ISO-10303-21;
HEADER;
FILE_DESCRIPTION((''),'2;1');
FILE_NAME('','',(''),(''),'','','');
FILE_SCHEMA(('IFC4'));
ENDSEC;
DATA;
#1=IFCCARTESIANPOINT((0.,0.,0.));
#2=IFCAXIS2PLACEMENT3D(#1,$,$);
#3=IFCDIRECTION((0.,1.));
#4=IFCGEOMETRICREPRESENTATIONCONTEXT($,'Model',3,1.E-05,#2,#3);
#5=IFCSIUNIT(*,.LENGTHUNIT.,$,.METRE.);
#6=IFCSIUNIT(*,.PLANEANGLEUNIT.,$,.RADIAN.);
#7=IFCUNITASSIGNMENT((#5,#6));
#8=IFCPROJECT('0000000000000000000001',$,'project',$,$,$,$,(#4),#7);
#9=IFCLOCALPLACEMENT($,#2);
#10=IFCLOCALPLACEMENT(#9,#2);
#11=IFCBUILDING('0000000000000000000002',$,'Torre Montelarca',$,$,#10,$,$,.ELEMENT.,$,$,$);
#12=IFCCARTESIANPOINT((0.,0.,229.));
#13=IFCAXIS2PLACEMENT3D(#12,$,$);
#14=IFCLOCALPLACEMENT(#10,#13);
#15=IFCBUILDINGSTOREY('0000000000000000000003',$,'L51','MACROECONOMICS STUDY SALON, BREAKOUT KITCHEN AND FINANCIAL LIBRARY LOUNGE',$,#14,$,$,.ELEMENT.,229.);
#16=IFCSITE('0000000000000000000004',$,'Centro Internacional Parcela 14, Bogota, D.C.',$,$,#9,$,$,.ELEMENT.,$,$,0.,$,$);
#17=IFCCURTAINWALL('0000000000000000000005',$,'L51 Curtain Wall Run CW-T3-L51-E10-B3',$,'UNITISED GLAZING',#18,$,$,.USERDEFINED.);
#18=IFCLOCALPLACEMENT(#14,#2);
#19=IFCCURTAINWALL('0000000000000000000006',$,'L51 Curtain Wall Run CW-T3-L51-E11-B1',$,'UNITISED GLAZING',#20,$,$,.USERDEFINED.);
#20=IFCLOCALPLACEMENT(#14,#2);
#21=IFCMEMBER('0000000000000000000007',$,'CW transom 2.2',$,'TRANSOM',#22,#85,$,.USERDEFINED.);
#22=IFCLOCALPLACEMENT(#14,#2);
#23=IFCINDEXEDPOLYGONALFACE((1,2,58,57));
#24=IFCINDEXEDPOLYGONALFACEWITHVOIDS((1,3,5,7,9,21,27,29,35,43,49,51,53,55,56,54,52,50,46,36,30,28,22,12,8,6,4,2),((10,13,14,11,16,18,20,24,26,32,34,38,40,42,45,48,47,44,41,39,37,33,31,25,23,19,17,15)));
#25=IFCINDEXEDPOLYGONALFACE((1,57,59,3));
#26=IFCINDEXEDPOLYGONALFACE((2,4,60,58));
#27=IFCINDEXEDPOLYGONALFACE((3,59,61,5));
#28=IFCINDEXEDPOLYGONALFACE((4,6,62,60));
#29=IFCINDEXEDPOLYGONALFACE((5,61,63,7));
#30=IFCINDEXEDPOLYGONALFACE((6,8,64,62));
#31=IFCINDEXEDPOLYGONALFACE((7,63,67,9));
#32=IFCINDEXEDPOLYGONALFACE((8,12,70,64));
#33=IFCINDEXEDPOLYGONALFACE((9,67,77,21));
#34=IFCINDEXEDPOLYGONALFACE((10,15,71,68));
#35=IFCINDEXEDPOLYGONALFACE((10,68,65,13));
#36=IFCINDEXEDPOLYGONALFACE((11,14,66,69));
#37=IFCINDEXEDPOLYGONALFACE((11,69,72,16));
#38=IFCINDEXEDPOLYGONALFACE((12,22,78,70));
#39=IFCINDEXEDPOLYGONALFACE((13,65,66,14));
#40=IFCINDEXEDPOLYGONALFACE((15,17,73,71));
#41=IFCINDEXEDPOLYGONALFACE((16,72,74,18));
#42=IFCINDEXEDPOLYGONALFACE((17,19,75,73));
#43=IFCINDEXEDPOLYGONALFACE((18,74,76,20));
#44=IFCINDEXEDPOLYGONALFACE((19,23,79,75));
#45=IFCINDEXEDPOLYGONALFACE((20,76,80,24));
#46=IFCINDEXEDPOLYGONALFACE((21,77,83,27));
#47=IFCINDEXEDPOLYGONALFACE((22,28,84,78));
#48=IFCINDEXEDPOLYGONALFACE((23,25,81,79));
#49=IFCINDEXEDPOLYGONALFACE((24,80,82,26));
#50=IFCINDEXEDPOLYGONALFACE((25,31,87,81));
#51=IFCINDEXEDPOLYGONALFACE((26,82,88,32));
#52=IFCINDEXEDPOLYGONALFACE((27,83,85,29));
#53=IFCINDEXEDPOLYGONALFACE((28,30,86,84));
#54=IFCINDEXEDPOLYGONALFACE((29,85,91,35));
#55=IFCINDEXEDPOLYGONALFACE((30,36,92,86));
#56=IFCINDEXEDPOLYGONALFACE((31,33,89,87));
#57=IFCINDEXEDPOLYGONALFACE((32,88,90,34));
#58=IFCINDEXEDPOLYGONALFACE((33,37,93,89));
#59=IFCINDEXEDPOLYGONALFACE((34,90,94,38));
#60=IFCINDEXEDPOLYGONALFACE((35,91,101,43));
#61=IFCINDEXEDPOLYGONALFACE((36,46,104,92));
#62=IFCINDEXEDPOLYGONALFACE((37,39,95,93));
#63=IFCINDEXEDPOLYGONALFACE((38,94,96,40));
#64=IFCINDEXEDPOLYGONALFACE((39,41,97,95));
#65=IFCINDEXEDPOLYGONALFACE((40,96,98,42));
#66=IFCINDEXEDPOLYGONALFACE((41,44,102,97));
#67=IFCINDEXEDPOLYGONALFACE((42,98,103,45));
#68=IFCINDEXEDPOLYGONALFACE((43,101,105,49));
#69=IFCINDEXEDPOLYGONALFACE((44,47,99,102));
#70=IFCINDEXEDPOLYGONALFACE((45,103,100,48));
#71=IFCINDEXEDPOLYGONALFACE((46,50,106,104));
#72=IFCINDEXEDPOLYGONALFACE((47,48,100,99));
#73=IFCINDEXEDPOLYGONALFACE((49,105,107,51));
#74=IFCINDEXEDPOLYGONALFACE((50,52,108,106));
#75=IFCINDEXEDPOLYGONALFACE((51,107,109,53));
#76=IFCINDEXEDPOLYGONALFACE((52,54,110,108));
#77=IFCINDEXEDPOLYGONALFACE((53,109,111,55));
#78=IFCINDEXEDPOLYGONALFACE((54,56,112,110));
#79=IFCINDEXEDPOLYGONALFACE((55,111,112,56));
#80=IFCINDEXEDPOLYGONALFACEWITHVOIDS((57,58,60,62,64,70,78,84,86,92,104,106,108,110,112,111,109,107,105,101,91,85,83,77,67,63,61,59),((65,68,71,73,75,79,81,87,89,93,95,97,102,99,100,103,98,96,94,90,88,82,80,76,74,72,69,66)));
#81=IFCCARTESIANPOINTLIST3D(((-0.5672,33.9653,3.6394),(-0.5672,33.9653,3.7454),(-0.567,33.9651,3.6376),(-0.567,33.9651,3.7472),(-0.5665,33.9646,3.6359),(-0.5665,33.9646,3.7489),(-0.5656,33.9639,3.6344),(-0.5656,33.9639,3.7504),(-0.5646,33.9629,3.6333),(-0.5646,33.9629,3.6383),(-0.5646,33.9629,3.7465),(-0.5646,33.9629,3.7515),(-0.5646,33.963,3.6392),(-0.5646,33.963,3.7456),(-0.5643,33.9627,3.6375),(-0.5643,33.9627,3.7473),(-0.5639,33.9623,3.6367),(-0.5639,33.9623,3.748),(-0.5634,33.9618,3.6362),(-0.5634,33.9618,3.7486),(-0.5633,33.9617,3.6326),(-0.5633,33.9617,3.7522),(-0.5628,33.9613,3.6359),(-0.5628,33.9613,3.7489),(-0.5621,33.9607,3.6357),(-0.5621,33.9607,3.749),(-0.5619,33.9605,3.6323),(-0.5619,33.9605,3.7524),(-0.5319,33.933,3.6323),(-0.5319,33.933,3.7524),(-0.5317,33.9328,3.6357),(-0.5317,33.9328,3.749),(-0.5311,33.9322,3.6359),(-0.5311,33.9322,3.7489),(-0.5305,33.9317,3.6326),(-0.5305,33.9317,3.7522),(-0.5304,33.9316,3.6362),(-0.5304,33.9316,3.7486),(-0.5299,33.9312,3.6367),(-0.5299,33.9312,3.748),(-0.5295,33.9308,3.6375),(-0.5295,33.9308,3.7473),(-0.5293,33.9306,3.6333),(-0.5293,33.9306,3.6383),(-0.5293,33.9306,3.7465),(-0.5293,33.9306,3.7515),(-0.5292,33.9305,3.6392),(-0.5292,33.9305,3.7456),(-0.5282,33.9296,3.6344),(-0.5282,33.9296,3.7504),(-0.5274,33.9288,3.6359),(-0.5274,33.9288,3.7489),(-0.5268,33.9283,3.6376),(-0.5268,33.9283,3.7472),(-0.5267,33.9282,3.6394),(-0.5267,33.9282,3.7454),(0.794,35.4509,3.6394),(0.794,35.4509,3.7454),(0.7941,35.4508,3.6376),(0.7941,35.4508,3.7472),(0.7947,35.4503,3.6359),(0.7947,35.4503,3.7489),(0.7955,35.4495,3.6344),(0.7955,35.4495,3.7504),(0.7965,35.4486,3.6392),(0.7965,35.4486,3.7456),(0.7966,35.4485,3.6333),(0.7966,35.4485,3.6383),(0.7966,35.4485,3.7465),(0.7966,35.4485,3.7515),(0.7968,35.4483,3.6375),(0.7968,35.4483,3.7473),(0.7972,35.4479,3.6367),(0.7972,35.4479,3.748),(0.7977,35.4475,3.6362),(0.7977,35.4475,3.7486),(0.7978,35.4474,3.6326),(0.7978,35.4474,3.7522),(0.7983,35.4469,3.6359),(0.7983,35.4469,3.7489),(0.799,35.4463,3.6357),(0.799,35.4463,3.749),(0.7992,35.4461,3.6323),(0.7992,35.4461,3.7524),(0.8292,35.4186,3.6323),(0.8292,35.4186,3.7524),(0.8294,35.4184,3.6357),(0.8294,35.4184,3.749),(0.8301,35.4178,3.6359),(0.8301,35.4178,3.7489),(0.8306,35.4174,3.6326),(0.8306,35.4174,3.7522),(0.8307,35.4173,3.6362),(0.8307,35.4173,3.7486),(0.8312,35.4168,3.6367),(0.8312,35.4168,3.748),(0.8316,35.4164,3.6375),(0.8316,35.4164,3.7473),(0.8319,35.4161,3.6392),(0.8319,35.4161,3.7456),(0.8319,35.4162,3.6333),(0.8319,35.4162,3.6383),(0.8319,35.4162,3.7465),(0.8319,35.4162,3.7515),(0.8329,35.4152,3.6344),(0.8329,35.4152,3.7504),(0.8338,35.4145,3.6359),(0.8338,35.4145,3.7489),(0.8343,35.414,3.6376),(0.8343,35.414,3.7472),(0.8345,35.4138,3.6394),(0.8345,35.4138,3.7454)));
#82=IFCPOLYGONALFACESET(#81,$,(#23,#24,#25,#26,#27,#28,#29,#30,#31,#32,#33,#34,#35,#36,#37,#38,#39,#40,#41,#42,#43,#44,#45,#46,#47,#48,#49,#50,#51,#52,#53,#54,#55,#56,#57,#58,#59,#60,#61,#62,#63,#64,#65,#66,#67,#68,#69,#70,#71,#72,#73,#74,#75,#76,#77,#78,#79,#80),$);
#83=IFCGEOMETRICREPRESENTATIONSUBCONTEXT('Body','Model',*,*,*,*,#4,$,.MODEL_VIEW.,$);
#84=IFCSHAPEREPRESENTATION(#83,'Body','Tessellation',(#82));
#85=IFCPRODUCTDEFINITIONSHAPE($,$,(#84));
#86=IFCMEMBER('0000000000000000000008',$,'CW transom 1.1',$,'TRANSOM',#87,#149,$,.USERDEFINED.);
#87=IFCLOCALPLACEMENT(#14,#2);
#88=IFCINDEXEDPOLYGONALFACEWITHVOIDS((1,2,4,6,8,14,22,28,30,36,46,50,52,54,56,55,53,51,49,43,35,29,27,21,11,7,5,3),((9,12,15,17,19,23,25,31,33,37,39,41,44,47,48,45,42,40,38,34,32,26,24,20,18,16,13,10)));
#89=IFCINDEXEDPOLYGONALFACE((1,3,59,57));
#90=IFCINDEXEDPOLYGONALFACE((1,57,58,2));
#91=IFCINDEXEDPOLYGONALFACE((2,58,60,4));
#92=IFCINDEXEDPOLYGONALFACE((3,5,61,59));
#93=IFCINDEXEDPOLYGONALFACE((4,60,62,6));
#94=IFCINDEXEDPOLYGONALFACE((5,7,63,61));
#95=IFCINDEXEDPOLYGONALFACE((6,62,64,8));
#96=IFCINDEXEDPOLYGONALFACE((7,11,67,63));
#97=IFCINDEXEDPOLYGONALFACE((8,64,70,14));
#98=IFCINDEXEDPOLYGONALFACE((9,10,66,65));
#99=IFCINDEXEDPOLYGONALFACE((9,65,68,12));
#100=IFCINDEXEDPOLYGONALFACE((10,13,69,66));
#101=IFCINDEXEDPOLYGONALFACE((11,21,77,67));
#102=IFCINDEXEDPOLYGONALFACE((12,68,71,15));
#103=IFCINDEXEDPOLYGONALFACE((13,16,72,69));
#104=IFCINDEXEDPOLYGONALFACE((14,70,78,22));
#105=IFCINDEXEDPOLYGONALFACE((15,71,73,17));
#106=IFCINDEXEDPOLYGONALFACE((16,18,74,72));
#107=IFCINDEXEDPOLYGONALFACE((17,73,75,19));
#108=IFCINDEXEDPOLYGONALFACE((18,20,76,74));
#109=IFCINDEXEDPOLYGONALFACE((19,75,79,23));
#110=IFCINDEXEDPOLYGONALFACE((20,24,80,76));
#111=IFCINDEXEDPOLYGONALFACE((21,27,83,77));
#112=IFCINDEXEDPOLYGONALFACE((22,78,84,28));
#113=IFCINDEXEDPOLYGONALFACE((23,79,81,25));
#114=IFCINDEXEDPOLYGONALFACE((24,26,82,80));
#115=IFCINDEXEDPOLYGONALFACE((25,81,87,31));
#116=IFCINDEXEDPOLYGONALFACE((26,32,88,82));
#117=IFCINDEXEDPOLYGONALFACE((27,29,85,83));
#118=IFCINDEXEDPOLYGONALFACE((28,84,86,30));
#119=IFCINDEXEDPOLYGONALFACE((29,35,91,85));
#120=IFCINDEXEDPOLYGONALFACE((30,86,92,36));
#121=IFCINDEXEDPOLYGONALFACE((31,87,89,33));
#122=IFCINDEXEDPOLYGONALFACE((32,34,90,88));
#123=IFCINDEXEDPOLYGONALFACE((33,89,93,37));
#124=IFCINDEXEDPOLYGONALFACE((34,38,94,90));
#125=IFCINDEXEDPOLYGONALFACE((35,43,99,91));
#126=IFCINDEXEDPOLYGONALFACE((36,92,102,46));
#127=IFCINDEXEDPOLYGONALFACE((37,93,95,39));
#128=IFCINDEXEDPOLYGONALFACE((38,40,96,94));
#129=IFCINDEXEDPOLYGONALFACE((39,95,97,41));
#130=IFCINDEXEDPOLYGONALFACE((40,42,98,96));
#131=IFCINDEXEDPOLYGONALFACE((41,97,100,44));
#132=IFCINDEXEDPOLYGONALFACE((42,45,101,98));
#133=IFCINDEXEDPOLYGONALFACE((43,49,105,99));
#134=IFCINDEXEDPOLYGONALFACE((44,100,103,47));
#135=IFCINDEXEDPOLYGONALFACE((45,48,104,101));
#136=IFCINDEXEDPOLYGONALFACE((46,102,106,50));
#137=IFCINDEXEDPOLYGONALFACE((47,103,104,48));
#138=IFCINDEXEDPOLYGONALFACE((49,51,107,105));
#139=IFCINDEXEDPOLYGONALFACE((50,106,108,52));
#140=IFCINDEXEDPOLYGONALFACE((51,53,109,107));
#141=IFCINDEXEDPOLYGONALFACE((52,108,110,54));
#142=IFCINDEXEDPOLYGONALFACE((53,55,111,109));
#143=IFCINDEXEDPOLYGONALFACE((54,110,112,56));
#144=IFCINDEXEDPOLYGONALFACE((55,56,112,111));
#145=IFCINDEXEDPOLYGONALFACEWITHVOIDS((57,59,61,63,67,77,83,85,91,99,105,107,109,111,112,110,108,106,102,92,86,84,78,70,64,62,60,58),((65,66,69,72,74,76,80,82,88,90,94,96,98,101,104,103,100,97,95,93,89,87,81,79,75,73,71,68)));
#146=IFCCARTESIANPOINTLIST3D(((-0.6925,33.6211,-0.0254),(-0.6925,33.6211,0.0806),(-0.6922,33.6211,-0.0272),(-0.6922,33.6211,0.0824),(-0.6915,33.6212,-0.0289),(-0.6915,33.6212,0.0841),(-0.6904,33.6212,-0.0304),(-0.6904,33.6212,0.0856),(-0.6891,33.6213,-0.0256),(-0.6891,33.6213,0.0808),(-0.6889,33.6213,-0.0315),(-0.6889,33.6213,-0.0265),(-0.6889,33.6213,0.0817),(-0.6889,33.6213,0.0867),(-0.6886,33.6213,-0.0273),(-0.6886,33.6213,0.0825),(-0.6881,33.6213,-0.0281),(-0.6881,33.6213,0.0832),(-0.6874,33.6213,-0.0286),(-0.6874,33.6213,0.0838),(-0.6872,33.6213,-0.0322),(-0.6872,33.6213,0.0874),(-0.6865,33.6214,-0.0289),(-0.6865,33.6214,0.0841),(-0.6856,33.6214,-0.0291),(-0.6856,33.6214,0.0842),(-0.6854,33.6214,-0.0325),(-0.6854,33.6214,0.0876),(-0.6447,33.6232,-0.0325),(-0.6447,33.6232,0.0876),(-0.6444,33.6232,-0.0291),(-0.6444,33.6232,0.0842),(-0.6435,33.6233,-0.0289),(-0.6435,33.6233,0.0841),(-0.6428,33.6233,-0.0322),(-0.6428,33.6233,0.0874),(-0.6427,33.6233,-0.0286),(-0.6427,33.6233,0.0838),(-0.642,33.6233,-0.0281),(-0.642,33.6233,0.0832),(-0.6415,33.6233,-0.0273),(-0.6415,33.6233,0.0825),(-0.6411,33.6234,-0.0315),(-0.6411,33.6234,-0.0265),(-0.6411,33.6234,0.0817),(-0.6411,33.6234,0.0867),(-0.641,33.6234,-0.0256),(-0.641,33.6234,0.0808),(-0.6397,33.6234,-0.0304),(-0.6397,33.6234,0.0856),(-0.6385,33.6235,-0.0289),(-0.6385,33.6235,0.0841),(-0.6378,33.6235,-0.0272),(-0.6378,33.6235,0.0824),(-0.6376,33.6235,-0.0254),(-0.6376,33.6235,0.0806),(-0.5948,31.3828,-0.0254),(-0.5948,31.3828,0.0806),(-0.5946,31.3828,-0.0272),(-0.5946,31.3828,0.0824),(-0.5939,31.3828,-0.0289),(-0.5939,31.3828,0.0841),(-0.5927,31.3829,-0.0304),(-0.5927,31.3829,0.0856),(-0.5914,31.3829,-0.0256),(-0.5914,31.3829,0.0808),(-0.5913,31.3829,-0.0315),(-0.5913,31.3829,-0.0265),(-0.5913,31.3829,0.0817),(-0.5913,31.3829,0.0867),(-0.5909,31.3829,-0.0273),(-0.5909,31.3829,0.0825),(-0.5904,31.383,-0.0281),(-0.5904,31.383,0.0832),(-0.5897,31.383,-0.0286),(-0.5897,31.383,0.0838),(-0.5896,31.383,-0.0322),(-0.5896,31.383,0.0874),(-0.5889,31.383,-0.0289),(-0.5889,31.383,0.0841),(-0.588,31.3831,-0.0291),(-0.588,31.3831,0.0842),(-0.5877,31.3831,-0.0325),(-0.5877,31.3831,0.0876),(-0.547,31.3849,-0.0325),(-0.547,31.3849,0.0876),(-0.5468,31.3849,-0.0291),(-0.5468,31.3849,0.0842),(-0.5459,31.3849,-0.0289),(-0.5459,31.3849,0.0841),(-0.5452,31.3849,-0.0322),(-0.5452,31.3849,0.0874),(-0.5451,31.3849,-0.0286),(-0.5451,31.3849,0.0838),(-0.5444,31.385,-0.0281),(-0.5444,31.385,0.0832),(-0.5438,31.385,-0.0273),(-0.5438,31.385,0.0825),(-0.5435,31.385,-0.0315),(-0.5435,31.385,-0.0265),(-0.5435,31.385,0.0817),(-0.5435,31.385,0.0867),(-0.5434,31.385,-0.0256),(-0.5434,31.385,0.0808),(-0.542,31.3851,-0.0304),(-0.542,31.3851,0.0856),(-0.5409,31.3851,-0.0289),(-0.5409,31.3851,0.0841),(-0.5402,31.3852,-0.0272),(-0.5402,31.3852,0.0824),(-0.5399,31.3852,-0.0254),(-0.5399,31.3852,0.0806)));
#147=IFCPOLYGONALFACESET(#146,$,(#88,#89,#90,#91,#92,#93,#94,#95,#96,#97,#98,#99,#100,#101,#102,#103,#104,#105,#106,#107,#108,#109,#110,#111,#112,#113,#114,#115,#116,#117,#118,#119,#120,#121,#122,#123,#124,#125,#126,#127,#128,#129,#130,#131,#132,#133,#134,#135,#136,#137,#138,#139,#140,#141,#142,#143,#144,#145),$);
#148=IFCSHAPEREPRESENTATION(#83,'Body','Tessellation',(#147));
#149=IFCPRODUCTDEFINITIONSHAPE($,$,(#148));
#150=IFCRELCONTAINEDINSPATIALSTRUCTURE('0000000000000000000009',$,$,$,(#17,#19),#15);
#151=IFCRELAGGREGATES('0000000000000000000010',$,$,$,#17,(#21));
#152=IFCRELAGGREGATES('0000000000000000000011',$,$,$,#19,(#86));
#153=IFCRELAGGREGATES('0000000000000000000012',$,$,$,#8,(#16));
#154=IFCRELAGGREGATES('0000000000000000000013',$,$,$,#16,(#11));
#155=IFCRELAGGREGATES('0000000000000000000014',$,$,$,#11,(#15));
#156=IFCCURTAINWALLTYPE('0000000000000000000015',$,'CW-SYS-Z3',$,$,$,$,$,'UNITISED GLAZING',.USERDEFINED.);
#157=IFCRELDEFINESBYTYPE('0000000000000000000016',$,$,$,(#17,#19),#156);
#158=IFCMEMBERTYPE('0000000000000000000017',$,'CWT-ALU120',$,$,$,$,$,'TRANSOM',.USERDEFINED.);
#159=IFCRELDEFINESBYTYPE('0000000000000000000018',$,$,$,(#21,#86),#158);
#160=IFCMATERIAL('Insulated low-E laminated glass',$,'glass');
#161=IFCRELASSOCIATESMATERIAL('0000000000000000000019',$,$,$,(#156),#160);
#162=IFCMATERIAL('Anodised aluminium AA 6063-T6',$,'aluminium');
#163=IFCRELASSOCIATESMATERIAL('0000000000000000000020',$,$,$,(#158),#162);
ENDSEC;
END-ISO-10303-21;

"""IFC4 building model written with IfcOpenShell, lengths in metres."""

from ifc_helpers import new_model, si_unit, direction, frame, origin, origin_2d, place, context, subcontext, project, spatial, hollow_rectangle, extrude, source, transform, mapped, material, material_profile, profile_set, type_object, element, aggregate, save


model = new_model("IFC4")

# Units and contexts
model_context = context("Model", 3, precision=1e-05, world=origin(), true_north=direction((0.0, 1.0)))
body_context = subcontext(model_context, "Body", "Model", "MODEL_VIEW")
ifc_project = project(units=[si_unit("LENGTHUNIT", "METRE"), si_unit("PLANEANGLEUNIT", "RADIAN")], contexts=[model_context])

# Site, building, storey
site_placement = place(None, origin())
site = spatial("IfcSite", under=ifc_project, at=site_placement, Name="Centro Internacional Parcela 14, Bogota, D.C.", CompositionType="ELEMENT", RefElevation=0.0)
building_placement = place(site_placement, origin())
building = spatial("IfcBuilding", under=site, at=building_placement, Name="Torre Montelarca", CompositionType="ELEMENT")
storey_placement = place(building_placement, frame((0.0, 0.0, 229.0)))
storey = spatial("IfcBuildingStorey", under=building, at=storey_placement, Name="L51", Description="MACROECONOMICS STUDY SALON, BREAKOUT KITCHEN AND FINANCIAL LIBRARY LOUNGE", CompositionType="ELEMENT", Elevation=229.0)

# Curtain wall
ifc_material_1 = material(Name="Insulated low-E laminated glass", Category="glass")
curtain_wall_type = type_object("IfcCurtainWallType", Name="CW-SYS-Z3", ElementType="UNITISED GLAZING", PredefinedType="USERDEFINED", material=ifc_material_1)
curtain_wall_1_placement = place(storey_placement, origin())
curtain_wall_1 = element("IfcCurtainWall", 1, at=curtain_wall_1_placement, inside=storey, type_object=curtain_wall_type, Name="L51 Curtain Wall Run CW-T3-L51-E10-B3", ObjectType="UNITISED GLAZING", PredefinedType="USERDEFINED")
ifc_material_2 = material(Name="Anodised aluminium AA 6063-T6", Category="aluminium")

# Curtain wall
curtain_wall_2_placement = place(storey_placement, origin())
curtain_wall_2 = element("IfcCurtainWall", 2, at=curtain_wall_2_placement, inside=storey, type_object=curtain_wall_type, Name="L51 Curtain Wall Run CW-T3-L51-E11-B1", ObjectType="UNITISED GLAZING", PredefinedType="USERDEFINED")

# Members
ifc_material_profile_1 = material_profile(ifc_material_2, hollow_rectangle(XDim=0.0549, YDim=0.1201, WallThickness=0.0034, InnerFilletRadius=0.0034, OuterFilletRadius=0.0071, at=origin_2d()), Name="ALU55X120X3.5", Category="aluminium")
ifc_profile_set_1 = profile_set([ifc_material_profile_1], Name="Anodised aluminium AA 6063-T6")
member_type_1 = type_object("IfcMemberType", Name="CWT-ALU120", ElementType="TRANSOM", PredefinedType="USERDEFINED", material=ifc_profile_set_1)
shared_shape_1 = source(origin(), body_context, "Body", "SweptSolid", [
    extrude(hollow_rectangle(XDim=0.0549, YDim=0.1201, WallThickness=0.0034, InnerFilletRadius=0.0034, OuterFilletRadius=0.0071, at=origin_2d()), origin(), (0.0, 0.0, 1.0), 2.0149),
])
member_1_placement = place(storey_placement, frame((0.8142, 35.4324, 3.6924), z_axis=(-0.675533, -0.73733, 0.0), x_axis=(0.73733, -0.675533, 0.0)))
member_1 = element("IfcMember", 3, at=member_1_placement, type_object=member_type_1, Name="CW transom 2.2", ObjectType="TRANSOM", PredefinedType="USERDEFINED", context=body_context, shape_type="MappedRepresentation", body=[
    mapped(shared_shape_1, transform((0.0, 0.0, 0.0), scale=1.0)),
])
shared_shape_2 = source(origin(), body_context, "Body", "SweptSolid", [
    extrude(hollow_rectangle(XDim=0.0549, YDim=0.1201, WallThickness=0.0034, InnerFilletRadius=0.0034, OuterFilletRadius=0.0071, at=origin_2d()), origin(), (0.0, 0.0, 1.0), 2.2405),
])
member_2_placement = place(storey_placement, frame((-0.665, 33.6223, 0.0276), z_axis=(0.043589, -0.99905, 0.0), x_axis=(0.99905, 0.043589, 0.0)))
member_2 = element("IfcMember", 4, at=member_2_placement, type_object=member_type_1, Name="CW transom 1.1", ObjectType="TRANSOM", PredefinedType="USERDEFINED", context=body_context, shape_type="MappedRepresentation", body=[
    mapped(shared_shape_2, transform((0.0, 0.0, 0.0), scale=1.0)),
])

aggregate(curtain_wall_1, [member_1])
aggregate(curtain_wall_2, [member_2])

save(model, "model.ifc")
